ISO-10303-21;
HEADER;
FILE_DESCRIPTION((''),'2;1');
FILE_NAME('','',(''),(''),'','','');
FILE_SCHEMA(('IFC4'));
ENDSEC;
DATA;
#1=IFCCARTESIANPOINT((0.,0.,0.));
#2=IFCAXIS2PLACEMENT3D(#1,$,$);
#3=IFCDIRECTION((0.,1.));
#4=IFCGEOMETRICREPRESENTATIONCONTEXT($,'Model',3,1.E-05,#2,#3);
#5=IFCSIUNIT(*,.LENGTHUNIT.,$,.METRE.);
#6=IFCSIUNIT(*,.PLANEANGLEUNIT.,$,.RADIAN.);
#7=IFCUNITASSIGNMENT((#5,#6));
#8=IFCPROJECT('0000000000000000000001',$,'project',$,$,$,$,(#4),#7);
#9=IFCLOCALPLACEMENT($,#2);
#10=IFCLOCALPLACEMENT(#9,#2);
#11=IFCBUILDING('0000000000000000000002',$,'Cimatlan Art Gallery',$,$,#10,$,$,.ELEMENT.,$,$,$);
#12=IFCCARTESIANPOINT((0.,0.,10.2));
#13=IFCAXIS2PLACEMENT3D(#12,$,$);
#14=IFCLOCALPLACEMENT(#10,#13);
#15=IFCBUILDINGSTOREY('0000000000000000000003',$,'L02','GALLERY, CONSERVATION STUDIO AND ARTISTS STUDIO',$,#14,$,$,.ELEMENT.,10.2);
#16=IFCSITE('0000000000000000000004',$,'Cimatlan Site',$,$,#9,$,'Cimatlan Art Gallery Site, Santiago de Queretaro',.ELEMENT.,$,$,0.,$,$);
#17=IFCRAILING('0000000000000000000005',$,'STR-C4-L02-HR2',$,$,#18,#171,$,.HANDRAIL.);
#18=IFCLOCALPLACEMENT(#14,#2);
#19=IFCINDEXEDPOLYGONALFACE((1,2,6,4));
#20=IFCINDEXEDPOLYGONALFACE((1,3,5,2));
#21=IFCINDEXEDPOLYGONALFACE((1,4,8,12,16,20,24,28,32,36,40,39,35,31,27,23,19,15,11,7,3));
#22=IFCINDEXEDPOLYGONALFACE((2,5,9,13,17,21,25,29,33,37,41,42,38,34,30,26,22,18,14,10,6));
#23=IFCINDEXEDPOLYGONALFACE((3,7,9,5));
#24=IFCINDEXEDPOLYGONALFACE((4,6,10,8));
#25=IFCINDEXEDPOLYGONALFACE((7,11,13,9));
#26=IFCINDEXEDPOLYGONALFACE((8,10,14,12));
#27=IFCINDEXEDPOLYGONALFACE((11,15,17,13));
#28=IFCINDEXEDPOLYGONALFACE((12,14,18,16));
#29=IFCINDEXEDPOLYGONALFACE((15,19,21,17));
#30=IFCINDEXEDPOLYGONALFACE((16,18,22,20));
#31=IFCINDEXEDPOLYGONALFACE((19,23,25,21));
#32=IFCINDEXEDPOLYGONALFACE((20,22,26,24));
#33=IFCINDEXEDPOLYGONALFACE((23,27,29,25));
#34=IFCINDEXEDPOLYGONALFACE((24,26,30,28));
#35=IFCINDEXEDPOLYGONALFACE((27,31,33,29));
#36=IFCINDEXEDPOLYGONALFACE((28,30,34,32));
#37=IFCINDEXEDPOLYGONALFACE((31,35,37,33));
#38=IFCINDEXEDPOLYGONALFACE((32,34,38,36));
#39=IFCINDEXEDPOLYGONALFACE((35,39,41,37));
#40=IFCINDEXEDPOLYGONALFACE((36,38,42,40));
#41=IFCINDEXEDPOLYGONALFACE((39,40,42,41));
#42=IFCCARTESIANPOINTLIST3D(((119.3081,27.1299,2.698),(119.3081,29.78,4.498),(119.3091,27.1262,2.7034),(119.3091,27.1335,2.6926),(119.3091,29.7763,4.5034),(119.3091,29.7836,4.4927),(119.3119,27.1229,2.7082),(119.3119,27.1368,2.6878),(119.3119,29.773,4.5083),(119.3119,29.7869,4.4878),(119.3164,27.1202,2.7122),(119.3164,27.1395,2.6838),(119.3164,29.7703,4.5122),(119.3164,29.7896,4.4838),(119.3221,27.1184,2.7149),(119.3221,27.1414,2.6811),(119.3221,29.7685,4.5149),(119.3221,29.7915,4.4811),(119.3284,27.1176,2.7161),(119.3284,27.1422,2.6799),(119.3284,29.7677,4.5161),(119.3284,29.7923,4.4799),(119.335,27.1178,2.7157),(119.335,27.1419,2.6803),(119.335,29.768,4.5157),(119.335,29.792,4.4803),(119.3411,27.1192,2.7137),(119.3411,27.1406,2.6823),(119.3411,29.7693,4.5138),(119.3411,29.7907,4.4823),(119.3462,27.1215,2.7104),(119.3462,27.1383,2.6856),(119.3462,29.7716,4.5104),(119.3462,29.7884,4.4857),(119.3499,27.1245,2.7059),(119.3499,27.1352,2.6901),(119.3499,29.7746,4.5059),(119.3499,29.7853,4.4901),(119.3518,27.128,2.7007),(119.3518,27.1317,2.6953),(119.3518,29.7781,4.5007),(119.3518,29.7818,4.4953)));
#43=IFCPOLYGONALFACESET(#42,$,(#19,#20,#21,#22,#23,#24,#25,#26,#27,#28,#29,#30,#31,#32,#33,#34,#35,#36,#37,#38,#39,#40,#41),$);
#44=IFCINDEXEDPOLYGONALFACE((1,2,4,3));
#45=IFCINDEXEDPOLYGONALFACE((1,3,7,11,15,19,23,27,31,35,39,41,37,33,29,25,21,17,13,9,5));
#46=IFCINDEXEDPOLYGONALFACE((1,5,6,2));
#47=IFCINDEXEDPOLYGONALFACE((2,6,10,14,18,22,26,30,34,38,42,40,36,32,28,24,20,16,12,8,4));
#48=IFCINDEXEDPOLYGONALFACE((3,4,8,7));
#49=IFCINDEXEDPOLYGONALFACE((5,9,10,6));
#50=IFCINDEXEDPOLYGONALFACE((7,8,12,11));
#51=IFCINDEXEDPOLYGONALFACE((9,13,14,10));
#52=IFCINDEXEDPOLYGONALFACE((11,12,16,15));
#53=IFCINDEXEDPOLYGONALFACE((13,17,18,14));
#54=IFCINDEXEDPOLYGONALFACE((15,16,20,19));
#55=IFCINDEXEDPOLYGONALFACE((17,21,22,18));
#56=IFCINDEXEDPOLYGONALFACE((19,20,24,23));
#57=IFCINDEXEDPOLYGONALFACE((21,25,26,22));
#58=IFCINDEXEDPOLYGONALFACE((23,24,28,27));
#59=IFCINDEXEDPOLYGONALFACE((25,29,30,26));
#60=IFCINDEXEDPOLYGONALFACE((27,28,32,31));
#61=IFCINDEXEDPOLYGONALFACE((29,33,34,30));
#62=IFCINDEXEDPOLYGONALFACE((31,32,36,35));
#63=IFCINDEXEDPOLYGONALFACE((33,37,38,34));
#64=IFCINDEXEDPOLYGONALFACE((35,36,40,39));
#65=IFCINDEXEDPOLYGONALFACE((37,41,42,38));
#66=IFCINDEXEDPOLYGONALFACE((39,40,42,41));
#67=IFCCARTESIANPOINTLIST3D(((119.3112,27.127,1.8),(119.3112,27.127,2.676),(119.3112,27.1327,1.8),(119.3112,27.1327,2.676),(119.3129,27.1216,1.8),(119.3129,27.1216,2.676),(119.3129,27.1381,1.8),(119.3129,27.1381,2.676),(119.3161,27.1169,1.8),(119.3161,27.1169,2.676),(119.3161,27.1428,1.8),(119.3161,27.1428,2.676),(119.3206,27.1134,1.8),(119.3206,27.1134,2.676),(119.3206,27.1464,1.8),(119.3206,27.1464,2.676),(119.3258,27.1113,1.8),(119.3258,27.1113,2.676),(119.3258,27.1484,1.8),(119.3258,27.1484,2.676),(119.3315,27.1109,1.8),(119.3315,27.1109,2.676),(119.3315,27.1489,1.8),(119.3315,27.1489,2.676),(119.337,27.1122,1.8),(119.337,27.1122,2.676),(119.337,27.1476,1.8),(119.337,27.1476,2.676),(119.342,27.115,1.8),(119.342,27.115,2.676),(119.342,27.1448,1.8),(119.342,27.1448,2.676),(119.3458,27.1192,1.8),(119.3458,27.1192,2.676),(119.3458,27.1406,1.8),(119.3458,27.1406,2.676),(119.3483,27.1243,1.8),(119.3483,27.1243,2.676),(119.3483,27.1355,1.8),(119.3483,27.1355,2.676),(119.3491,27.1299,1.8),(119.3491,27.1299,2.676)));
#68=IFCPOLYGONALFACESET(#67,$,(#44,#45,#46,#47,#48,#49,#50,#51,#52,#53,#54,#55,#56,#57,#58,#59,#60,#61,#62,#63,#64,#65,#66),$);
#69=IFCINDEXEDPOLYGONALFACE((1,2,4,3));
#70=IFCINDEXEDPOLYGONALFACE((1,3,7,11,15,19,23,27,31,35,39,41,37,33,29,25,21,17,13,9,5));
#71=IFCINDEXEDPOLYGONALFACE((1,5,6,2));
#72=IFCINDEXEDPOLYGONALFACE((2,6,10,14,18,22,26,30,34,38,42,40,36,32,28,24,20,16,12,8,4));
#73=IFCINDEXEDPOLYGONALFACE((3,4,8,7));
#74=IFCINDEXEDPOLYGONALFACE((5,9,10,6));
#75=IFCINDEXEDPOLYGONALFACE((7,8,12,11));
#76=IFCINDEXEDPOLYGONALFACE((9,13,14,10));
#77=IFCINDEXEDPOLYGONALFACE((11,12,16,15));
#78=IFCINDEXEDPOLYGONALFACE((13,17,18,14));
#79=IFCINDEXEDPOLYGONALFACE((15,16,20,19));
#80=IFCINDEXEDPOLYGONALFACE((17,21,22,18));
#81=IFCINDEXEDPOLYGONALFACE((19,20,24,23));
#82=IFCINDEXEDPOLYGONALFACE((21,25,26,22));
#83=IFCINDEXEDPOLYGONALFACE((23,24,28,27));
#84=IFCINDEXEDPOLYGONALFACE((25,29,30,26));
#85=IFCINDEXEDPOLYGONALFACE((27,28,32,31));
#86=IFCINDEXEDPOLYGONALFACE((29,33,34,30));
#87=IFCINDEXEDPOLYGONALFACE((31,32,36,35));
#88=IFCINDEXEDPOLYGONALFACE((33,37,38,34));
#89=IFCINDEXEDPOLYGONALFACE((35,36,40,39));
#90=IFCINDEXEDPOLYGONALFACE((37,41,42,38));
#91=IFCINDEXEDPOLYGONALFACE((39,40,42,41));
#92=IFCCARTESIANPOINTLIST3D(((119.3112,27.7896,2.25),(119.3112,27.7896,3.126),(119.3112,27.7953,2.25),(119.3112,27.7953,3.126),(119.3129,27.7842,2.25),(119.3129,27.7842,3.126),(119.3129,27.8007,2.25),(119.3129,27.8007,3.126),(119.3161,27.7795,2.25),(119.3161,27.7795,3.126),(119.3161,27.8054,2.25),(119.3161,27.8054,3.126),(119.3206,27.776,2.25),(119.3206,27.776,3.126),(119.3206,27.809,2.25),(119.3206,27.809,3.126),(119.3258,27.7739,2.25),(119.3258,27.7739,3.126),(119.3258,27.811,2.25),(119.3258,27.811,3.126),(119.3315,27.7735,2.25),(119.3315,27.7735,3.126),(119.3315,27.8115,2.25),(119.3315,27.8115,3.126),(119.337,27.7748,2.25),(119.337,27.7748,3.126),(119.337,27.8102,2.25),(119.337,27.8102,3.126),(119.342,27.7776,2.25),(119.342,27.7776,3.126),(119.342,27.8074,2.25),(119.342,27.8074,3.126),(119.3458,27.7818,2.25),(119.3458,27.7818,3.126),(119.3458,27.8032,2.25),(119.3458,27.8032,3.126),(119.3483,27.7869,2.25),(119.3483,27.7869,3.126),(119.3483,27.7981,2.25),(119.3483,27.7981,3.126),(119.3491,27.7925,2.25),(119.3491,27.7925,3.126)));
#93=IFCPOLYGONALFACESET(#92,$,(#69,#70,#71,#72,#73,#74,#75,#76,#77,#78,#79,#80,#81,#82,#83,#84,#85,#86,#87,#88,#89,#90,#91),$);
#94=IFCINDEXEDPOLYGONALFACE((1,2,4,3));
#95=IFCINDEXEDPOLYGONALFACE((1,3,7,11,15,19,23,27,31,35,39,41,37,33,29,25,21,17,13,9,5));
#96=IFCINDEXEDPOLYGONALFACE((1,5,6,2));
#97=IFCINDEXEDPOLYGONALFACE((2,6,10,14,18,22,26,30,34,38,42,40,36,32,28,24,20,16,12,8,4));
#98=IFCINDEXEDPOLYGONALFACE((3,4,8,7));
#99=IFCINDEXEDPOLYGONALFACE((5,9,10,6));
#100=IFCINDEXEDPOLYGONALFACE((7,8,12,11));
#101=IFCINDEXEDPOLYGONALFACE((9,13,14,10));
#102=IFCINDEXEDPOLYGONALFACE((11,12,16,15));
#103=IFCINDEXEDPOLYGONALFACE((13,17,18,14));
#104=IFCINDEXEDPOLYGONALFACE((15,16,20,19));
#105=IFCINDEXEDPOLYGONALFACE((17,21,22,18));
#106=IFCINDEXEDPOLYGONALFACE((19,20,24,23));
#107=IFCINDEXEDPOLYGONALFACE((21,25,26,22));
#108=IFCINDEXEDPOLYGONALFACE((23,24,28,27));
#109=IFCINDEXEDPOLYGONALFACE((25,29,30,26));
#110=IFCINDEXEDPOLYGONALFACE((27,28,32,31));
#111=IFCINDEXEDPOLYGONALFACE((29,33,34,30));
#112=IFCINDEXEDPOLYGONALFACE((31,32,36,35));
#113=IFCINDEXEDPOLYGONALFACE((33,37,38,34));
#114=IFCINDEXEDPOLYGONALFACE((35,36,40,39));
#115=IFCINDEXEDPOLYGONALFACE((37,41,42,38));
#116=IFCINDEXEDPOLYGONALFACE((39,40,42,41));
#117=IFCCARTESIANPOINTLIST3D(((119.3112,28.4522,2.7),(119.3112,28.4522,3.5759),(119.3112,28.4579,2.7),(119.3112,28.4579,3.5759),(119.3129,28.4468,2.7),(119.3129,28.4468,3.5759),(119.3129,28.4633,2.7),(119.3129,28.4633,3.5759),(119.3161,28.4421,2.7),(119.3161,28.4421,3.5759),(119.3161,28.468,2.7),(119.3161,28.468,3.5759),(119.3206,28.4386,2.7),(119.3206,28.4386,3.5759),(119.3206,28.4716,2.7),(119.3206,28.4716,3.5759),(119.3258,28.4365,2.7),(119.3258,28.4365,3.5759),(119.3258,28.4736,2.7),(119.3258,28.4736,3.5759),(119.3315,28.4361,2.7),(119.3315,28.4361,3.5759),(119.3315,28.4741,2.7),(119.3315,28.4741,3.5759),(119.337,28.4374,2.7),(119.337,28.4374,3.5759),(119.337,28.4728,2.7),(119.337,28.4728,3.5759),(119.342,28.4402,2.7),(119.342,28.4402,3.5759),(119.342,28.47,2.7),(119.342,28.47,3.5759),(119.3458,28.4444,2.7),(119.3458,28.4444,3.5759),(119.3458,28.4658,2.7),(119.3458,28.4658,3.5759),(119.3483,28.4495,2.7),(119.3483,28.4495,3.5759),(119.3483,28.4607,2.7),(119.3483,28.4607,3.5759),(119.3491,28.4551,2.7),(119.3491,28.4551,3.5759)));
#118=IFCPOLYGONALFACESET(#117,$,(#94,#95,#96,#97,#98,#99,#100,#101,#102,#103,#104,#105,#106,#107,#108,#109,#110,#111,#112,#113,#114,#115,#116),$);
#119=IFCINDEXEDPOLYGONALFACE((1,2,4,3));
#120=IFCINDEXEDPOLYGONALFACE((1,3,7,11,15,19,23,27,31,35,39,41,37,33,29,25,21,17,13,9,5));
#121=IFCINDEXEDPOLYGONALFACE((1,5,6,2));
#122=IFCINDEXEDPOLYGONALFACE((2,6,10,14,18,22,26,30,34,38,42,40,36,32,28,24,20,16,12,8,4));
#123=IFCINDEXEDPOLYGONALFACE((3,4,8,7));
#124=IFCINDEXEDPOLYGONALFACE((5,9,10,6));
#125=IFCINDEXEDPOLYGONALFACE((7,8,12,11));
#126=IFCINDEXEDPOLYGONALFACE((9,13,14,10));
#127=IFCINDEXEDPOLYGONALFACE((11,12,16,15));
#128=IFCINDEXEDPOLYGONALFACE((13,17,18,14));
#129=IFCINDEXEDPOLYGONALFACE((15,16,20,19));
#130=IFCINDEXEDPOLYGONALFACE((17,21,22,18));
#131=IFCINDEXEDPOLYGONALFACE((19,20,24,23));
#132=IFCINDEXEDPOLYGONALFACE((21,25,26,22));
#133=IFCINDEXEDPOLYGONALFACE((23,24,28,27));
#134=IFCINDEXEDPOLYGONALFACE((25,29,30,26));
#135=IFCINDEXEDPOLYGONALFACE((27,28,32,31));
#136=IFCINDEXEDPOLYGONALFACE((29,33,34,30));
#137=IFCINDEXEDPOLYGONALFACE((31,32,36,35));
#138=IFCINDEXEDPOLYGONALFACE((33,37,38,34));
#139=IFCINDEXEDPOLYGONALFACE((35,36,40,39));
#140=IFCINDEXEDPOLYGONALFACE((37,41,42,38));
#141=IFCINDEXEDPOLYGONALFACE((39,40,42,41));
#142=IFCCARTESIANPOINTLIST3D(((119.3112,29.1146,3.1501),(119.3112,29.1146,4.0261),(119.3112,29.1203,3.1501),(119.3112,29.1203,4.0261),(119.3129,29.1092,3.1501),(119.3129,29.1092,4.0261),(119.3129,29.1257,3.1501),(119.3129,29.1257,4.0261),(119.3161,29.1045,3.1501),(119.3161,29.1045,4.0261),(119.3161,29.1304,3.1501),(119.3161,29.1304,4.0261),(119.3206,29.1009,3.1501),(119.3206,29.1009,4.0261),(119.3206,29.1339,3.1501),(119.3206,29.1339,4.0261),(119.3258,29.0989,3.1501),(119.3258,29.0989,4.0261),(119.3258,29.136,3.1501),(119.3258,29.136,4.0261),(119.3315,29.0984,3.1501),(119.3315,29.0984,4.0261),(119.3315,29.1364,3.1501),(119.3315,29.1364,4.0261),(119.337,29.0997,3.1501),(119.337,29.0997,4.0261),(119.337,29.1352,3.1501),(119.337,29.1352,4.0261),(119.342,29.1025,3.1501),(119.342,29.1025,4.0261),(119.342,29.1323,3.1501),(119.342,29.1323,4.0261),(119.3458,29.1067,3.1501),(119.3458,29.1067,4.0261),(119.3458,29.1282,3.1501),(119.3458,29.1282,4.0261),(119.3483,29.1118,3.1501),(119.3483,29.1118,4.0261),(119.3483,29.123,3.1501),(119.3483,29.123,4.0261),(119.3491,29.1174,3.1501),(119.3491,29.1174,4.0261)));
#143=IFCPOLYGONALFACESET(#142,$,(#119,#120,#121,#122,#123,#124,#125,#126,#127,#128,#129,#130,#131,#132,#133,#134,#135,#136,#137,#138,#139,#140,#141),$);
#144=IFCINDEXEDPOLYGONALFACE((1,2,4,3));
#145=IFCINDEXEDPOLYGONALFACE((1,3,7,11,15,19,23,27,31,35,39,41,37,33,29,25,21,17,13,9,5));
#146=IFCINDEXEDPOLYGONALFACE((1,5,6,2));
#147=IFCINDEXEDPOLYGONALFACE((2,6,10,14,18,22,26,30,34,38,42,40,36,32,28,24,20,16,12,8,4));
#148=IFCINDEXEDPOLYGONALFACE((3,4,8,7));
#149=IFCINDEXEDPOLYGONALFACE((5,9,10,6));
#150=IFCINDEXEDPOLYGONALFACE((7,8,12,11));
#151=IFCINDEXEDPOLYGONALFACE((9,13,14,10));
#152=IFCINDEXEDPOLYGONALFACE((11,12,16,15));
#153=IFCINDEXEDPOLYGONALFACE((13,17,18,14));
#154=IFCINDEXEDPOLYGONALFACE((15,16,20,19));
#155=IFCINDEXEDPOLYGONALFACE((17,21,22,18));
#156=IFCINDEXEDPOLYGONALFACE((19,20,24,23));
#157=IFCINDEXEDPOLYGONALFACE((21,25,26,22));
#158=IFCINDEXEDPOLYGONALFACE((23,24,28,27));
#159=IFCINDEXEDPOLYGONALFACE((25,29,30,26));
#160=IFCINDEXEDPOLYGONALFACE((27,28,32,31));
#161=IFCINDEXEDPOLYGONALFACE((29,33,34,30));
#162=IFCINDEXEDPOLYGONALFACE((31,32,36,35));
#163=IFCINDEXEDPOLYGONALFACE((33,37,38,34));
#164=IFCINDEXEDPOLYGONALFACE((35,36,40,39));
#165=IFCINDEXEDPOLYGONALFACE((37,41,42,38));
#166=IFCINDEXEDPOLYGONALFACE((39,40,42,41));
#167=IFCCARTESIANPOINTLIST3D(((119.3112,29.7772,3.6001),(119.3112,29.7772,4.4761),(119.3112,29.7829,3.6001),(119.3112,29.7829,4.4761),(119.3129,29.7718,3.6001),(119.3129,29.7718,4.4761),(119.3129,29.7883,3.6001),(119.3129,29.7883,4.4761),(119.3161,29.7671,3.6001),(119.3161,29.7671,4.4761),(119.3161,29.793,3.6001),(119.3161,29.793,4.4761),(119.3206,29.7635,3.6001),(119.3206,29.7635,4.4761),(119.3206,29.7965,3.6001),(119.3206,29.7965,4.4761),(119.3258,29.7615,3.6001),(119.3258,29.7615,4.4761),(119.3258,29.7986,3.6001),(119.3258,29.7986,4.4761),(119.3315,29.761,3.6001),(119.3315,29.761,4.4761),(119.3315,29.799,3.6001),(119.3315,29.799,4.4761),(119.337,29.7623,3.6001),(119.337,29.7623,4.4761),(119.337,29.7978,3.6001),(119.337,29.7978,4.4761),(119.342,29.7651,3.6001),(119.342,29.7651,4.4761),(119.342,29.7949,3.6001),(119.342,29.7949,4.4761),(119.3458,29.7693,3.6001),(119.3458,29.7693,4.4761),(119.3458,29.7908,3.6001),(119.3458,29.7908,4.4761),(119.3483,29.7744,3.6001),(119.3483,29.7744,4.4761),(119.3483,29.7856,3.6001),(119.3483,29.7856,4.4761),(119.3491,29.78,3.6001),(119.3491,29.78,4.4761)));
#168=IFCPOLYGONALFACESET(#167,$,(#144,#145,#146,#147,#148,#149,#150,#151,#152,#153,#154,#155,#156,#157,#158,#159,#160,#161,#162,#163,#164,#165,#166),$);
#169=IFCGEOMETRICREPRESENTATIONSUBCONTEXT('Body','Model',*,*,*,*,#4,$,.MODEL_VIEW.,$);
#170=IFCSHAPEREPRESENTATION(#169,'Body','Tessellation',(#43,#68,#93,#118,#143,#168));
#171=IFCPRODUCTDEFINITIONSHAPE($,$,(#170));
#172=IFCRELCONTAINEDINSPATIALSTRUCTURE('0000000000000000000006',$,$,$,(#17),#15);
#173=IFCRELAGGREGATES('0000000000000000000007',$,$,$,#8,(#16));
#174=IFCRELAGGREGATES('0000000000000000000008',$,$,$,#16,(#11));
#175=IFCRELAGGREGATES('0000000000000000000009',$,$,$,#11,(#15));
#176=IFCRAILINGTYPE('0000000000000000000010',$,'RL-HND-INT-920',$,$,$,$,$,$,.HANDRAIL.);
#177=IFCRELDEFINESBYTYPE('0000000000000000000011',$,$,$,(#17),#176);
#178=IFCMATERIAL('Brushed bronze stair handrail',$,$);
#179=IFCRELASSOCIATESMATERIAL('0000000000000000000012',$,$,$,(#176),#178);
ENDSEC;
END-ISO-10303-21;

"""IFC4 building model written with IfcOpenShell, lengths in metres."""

from ifc_helpers import new_model, si_unit, direction, frame, origin, origin_2d, place, context, subcontext, project, spatial, circle, extrude, material, type_object, element, save


model = new_model("IFC4")

# Units and contexts
model_context = context("Model", 3, precision=1e-05, world=origin(), true_north=direction((0.0, 1.0)))
body_context = subcontext(model_context, "Body", "Model", "MODEL_VIEW")
ifc_project = project(units=[si_unit("LENGTHUNIT", "METRE"), si_unit("PLANEANGLEUNIT", "RADIAN")], contexts=[model_context])

# Site, building, storey
site_placement = place(None, origin())
site = spatial("IfcSite", under=ifc_project, at=site_placement, Name="Cimatlan Site", LongName="Cimatlan Art Gallery Site, Santiago de Queretaro", CompositionType="ELEMENT", RefElevation=0.0)
building_placement = place(site_placement, origin())
building = spatial("IfcBuilding", under=site, at=building_placement, Name="Cimatlan Art Gallery", CompositionType="ELEMENT")
storey_placement = place(building_placement, frame((0.0, 0.0, 10.2)))
storey = spatial("IfcBuildingStorey", under=building, at=storey_placement, Name="L02", Description="GALLERY, CONSERVATION STUDIO AND ARTISTS STUDIO", CompositionType="ELEMENT", Elevation=10.2)

# Railing
ifc_material_1 = material(Name="Brushed bronze stair handrail")
railing_type_1 = type_object("IfcRailingType", Name="RL-HND-INT-920", PredefinedType="HANDRAIL", material=ifc_material_1)
railing_1_placement = place(storey_placement, frame((119.3301, 27.1299, 1.8)))
element("IfcRailing", 1, at=railing_1_placement, inside=storey, type_object=railing_type_1, Name="STR-C4-L02-HR2", PredefinedType="HANDRAIL", context=body_context, shape_type="SweptSolid", body=[
    extrude(circle(Radius=0.022, at=origin_2d()), frame((0.0, 0.0, 0.8979), z_axis=(0.0, 0.827224, 0.561872), x_axis=(-1.0, 0.0, 0.0)), (0.0, 0.0, 1.0), 3.2036),
    extrude(circle(Radius=0.019, at=origin_2d()), origin(), (0.0, 0.0, 1.0), 0.876),
    extrude(circle(Radius=0.019, at=origin_2d()), frame((0.0, 0.6626, 0.45)), (0.0, 0.0, 1.0), 0.876),
    extrude(circle(Radius=0.019, at=origin_2d()), frame((0.0, 1.3252, 0.8999)), (0.0, 0.0, 1.0), 0.876),
    extrude(circle(Radius=0.019, at=origin_2d()), frame((0.0, 1.9875, 1.3501)), (0.0, 0.0, 1.0), 0.876),
    extrude(circle(Radius=0.019, at=origin_2d()), frame((0.0, 2.6501, 1.8)), (0.0, 0.0, 1.0), 0.876),
])

save(model, "model.ifc")
